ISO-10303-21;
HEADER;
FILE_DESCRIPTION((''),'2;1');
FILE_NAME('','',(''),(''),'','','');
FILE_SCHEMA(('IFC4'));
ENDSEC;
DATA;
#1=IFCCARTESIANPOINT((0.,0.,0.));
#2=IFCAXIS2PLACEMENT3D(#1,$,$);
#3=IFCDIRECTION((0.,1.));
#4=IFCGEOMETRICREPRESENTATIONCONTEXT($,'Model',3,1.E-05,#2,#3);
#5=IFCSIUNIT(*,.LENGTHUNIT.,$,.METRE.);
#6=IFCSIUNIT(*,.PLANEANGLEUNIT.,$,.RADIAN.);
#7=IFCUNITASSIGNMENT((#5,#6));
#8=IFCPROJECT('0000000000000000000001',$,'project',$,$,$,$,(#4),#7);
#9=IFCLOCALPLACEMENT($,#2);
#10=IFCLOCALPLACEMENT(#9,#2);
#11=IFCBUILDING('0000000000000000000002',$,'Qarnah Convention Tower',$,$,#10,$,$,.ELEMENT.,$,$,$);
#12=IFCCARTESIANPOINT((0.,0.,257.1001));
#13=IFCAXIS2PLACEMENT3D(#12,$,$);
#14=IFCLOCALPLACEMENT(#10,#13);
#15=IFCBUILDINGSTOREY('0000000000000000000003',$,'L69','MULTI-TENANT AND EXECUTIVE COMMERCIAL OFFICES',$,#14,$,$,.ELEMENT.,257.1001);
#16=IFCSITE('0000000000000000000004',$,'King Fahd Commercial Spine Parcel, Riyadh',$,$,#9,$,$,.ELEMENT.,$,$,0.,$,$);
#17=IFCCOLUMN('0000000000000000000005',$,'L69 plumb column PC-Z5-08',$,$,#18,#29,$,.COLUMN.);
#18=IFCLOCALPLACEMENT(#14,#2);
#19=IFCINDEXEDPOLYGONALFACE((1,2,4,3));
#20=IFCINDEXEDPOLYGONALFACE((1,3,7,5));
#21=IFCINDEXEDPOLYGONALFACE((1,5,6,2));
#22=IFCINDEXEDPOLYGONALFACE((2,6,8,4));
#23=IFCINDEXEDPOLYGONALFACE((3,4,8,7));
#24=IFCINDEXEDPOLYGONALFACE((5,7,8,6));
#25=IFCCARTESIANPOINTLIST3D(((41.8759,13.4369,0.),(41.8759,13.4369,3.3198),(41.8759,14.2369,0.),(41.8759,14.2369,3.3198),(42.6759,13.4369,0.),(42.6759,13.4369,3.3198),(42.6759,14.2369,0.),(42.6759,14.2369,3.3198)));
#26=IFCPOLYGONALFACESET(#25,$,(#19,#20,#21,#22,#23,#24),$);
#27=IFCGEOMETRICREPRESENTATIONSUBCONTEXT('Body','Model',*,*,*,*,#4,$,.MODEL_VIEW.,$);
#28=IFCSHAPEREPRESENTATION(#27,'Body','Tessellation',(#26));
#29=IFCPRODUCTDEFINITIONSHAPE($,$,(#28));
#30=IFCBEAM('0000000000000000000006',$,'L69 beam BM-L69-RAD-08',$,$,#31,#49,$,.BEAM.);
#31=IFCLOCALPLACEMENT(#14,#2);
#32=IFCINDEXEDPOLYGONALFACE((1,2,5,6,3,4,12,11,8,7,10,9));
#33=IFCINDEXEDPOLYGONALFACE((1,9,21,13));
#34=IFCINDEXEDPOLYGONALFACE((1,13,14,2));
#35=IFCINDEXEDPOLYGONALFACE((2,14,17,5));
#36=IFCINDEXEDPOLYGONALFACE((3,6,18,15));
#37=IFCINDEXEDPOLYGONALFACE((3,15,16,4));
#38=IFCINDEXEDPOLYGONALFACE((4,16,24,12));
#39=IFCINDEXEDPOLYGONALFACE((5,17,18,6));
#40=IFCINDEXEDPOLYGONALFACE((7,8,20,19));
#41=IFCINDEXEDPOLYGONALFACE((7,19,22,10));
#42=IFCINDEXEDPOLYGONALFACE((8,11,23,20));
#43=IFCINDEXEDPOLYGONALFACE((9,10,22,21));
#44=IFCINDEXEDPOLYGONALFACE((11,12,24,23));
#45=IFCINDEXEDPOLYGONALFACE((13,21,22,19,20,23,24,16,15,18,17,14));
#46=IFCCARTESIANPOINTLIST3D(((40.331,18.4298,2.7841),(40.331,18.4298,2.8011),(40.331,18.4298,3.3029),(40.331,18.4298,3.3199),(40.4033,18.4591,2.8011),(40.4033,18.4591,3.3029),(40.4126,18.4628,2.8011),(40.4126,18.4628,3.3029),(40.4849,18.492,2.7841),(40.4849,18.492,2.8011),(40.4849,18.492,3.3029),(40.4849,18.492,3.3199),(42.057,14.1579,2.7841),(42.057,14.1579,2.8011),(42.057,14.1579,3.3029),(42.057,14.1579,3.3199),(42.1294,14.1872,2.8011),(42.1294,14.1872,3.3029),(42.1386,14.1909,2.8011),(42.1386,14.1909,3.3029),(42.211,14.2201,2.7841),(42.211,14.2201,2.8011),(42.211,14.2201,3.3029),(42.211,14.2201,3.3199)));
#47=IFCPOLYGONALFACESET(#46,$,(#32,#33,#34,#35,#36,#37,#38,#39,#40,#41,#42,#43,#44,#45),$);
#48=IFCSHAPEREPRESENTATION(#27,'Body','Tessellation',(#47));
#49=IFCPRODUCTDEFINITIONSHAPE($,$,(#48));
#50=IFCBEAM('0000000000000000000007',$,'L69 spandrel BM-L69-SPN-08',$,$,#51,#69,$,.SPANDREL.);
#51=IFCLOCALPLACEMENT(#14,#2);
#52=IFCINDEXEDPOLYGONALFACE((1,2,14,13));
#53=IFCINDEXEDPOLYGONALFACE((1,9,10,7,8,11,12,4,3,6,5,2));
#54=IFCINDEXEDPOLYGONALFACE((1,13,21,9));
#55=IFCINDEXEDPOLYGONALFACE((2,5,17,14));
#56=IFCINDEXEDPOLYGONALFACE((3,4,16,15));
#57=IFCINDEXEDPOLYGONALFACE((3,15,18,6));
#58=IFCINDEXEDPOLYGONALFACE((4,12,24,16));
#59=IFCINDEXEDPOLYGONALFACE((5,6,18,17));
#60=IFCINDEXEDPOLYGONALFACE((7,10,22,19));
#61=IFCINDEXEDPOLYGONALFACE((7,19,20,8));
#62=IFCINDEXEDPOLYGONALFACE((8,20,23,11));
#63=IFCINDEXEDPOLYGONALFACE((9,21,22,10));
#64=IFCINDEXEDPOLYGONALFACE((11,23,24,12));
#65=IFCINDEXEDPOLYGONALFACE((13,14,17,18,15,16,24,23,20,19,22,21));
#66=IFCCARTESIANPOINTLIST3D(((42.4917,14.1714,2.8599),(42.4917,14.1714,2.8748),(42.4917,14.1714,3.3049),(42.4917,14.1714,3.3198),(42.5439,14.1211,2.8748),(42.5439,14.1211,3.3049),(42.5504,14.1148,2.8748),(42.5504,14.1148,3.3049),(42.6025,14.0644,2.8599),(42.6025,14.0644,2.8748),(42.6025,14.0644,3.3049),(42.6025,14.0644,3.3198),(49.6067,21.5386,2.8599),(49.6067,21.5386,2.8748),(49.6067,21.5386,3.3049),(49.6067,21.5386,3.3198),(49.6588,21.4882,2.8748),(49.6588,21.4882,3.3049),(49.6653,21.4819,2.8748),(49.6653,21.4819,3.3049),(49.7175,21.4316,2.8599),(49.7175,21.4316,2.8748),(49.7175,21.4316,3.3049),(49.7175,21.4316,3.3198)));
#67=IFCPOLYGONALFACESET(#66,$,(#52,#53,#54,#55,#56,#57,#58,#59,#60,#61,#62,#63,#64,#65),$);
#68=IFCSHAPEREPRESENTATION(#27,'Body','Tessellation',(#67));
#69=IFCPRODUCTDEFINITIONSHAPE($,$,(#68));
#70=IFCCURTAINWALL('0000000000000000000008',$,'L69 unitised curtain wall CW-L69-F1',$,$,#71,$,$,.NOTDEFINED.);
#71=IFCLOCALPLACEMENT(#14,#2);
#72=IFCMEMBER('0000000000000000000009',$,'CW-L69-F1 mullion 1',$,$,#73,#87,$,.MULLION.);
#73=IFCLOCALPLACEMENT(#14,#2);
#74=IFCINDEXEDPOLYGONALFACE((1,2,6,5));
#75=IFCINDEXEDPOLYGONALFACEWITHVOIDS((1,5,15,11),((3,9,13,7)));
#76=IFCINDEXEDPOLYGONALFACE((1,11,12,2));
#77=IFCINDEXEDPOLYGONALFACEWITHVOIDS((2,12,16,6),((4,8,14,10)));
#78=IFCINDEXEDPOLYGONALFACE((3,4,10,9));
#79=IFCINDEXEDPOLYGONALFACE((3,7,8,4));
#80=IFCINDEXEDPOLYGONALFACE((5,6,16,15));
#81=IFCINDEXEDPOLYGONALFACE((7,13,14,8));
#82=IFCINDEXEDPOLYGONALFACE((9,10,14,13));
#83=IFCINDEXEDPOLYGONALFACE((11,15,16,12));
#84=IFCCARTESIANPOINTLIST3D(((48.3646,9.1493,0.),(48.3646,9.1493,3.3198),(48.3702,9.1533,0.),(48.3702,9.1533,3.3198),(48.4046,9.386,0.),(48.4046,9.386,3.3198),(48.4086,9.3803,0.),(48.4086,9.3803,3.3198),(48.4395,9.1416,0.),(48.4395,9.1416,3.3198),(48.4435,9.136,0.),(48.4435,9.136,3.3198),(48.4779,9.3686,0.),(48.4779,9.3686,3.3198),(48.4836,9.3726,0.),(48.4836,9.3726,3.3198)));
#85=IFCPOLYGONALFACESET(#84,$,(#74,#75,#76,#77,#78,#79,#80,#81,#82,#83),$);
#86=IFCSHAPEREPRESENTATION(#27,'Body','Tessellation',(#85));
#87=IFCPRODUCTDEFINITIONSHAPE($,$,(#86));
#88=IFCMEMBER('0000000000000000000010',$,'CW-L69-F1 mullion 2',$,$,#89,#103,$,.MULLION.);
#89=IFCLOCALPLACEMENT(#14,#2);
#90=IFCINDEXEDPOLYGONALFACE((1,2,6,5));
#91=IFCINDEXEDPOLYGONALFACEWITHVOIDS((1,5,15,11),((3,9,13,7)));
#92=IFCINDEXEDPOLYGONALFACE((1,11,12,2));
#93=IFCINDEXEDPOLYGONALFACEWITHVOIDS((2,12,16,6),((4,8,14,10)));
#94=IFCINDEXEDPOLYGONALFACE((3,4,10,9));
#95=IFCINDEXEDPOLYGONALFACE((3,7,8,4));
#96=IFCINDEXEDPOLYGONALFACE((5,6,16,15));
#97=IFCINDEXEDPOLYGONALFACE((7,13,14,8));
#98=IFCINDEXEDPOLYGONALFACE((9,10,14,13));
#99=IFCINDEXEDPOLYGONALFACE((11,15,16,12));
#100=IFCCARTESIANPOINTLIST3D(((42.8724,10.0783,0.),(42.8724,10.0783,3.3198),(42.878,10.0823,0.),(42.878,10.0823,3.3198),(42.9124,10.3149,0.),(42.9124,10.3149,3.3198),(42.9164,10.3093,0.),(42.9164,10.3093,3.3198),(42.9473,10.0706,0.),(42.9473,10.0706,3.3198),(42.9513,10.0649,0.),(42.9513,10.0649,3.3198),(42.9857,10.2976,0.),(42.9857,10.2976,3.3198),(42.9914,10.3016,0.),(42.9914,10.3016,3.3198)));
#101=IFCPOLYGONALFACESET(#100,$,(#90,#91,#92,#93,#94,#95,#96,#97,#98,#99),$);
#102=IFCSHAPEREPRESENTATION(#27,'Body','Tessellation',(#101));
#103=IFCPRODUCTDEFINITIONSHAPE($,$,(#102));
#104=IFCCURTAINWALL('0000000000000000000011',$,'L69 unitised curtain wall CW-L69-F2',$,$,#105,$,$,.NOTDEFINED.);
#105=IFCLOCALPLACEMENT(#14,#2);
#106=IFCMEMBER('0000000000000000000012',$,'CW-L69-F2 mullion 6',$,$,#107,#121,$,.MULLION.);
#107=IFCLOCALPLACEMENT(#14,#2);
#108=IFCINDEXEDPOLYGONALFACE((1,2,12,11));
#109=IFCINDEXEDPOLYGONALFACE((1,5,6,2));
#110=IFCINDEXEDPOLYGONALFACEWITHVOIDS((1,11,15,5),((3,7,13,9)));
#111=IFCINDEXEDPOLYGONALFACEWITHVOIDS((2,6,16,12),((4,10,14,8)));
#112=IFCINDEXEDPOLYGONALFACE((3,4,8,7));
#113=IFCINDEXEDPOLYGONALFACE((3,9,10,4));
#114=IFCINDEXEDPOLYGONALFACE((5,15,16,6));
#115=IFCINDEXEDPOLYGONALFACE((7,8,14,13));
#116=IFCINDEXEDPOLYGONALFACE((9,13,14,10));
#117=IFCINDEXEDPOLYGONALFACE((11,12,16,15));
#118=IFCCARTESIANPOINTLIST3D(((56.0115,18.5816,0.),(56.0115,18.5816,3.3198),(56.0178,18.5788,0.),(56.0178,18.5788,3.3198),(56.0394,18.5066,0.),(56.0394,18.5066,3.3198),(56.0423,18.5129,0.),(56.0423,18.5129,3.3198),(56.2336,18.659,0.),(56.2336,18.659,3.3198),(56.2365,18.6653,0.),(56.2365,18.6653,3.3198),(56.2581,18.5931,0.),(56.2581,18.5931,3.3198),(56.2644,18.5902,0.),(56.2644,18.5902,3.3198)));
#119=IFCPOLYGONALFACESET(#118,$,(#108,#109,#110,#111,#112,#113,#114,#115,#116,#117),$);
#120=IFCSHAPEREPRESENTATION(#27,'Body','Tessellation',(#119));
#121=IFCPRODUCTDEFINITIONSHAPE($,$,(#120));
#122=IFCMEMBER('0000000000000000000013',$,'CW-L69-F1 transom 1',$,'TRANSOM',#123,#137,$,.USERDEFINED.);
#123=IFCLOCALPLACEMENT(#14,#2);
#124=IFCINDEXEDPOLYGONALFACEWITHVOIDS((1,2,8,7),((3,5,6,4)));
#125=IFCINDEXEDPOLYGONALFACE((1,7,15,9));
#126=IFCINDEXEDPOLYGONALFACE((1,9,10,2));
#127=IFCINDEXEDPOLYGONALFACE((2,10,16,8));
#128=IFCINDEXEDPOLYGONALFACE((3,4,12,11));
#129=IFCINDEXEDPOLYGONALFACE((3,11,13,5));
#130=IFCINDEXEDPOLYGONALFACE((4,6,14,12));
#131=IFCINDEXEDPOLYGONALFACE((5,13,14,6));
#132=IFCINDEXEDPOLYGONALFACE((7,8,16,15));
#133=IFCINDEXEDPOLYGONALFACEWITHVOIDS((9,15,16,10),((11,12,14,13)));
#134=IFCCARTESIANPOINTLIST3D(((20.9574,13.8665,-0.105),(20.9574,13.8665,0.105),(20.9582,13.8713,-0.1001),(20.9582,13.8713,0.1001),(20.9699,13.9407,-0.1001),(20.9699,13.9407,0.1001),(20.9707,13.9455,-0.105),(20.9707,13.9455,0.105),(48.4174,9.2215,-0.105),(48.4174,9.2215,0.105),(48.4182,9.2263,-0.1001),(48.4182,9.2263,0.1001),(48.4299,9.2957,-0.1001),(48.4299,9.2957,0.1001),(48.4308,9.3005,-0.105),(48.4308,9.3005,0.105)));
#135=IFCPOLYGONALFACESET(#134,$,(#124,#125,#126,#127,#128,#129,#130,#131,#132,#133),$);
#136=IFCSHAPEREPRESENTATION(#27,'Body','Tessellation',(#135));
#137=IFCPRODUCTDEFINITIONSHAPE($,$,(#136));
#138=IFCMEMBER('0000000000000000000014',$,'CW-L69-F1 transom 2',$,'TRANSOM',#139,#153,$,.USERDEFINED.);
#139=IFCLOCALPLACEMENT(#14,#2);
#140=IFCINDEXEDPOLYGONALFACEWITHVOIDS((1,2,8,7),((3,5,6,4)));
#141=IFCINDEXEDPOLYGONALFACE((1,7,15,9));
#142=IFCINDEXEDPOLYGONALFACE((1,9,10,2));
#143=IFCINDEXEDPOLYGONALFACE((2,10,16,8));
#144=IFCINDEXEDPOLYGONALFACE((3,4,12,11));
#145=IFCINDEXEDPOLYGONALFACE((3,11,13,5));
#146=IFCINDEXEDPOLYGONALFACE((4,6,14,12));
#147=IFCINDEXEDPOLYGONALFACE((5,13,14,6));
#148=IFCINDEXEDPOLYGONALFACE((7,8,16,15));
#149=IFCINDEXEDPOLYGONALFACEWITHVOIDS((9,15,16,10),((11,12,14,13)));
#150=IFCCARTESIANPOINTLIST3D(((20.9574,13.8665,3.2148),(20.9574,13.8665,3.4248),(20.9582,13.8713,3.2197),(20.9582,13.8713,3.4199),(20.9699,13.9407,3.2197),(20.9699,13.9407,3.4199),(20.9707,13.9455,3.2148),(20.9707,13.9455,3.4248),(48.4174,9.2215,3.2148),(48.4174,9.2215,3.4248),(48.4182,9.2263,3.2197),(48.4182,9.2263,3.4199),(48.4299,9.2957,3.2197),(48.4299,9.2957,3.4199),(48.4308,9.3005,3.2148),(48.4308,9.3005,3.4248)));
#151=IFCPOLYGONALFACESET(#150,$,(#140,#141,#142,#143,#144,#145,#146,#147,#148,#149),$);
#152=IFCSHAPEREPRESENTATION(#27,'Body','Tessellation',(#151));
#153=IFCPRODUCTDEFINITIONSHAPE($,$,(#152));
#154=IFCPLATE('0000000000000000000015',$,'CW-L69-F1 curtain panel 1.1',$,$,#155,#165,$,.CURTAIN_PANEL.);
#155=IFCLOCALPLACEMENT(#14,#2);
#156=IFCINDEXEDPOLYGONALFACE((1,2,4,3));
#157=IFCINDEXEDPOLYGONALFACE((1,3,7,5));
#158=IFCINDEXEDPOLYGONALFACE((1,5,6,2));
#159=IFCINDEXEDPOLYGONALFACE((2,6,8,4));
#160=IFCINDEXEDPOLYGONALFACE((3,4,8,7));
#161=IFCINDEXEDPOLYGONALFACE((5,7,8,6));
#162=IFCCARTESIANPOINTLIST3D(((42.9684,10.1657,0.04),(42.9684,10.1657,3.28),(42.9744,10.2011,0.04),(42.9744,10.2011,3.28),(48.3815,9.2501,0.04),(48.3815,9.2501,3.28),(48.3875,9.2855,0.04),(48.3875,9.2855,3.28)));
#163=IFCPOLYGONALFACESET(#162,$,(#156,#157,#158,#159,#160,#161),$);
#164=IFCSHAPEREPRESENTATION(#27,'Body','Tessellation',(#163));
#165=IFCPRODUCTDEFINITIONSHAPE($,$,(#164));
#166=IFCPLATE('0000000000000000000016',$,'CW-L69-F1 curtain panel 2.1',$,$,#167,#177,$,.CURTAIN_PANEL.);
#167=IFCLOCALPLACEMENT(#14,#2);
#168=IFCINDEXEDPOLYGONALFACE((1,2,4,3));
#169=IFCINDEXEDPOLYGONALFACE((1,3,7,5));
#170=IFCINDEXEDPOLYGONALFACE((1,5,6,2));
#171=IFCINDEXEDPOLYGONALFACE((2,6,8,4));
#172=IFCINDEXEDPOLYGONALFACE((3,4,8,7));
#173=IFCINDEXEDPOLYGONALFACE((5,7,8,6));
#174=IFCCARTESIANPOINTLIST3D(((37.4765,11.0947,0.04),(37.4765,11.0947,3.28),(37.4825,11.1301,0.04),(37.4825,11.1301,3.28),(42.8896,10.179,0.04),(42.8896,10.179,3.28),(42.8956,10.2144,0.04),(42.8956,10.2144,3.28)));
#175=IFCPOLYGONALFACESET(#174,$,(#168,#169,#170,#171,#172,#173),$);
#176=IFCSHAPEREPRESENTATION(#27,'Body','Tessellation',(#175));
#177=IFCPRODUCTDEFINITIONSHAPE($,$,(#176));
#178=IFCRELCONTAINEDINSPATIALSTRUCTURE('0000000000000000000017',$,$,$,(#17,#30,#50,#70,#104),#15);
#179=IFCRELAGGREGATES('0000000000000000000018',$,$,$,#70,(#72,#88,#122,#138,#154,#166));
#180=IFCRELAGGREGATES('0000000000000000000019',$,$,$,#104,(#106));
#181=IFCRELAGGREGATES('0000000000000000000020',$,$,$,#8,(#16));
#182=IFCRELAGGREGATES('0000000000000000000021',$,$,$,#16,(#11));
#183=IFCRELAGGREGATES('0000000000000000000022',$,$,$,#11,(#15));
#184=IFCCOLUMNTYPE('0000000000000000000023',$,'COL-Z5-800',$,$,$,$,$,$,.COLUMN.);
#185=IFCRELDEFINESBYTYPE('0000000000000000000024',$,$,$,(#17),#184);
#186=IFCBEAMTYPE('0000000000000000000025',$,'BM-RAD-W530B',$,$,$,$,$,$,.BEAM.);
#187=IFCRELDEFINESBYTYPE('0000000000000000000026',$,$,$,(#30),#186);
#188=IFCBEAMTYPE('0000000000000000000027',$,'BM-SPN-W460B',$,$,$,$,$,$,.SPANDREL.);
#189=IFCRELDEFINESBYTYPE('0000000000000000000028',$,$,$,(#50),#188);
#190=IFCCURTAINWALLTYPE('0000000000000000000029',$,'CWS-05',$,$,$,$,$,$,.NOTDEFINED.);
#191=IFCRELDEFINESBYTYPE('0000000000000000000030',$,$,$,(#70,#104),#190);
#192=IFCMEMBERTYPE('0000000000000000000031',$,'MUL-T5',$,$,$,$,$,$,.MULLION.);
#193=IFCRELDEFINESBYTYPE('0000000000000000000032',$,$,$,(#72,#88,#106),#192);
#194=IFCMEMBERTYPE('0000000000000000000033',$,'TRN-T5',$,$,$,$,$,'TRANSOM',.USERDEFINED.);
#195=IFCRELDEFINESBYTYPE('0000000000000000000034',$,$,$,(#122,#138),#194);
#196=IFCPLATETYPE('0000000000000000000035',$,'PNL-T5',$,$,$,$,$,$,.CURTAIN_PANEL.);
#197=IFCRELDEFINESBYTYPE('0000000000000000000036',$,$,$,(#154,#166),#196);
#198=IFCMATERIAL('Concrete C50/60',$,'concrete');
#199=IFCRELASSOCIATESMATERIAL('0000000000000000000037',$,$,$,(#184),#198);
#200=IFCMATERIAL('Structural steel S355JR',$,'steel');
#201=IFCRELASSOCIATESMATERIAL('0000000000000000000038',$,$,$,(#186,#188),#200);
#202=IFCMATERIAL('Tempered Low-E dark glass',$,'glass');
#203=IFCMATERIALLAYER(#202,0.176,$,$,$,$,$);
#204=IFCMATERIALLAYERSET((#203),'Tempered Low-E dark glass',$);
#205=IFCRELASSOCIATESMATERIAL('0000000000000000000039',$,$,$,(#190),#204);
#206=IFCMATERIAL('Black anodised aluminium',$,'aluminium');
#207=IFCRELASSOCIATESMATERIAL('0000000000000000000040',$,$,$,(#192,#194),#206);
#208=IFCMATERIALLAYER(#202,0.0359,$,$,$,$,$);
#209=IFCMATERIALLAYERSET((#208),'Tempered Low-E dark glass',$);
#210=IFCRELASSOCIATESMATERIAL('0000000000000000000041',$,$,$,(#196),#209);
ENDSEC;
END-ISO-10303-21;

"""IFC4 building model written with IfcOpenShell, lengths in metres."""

from ifc_helpers import new_model, si_unit, direction, frame, origin, origin_2d, place, context, subcontext, project, spatial, rectangle, hollow_rectangle, i_section, extrude, material, layer, layer_set, material_profile, profile_set, type_object, element, aggregate, save


model = new_model("IFC4")

# Units and contexts
model_context = context("Model", 3, precision=1e-05, world=origin(), true_north=direction((0.0, 1.0)))
body_context = subcontext(model_context, "Body", "Model", "MODEL_VIEW")
ifc_project = project(units=[si_unit("LENGTHUNIT", "METRE"), si_unit("PLANEANGLEUNIT", "RADIAN")], contexts=[model_context])

# Site, building, storey
site_placement = place(None, origin())
site = spatial("IfcSite", under=ifc_project, at=site_placement, Name="King Fahd Commercial Spine Parcel, Riyadh", CompositionType="ELEMENT", RefElevation=0.0)
building_placement = place(site_placement, origin())
building = spatial("IfcBuilding", under=site, at=building_placement, Name="Qarnah Convention Tower", CompositionType="ELEMENT")
storey_placement = place(building_placement, frame((0.0, 0.0, 257.1001)))
storey = spatial("IfcBuildingStorey", under=building, at=storey_placement, Name="L69", Description="MULTI-TENANT AND EXECUTIVE COMMERCIAL OFFICES", CompositionType="ELEMENT", Elevation=257.1001)

# Column
ifc_material_1 = material(Name="Concrete C50/60", Category="concrete")
ifc_material_profile_1 = material_profile(ifc_material_1, rectangle(XDim=0.8, YDim=0.8, at=origin_2d()), Name="RC-COL-800X800")
ifc_profile_set_1 = profile_set([ifc_material_profile_1], Name="Concrete C50/60")
column_type = type_object("IfcColumnType", Name="COL-Z5-800", PredefinedType="COLUMN", material=ifc_profile_set_1)
column_placement = place(storey_placement, frame((42.2759, 13.8369, 0.0), z_axis=(0.0, 0.0, 1.0), x_axis=(1.0, 0.0, 0.0)))
element("IfcColumn", 1, at=column_placement, inside=storey, type_object=column_type, Name="L69 plumb column PC-Z5-08", PredefinedType="COLUMN", context=body_context, shape_type="SweptSolid", body=[
    extrude(rectangle(XDim=0.8, YDim=0.8, at=origin_2d()), origin(), (0.0, 0.0, 1.0), 3.3198),
])

# Beams
ifc_material_2 = material(Name="Structural steel S355JR", Category="steel")
ifc_material_profile_2 = material_profile(ifc_material_2, i_section(OverallWidth=0.166, OverallDepth=0.5359, WebThickness=0.01, FlangeThickness=0.0171, at=origin_2d()), Name="W530X85")
ifc_profile_set_2 = profile_set([ifc_material_profile_2], Name="Structural steel S355JR")
beam_type_1 = type_object("IfcBeamType", Name="BM-RAD-W530B", PredefinedType="BEAM", material=ifc_profile_set_2)
beam_1_placement = place(storey_placement, frame((40.408, 18.4609, 3.052), z_axis=(0.374622, -0.927177, 0.0), x_axis=(0.927177, 0.374622, 0.0)))
element("IfcBeam", 2, at=beam_1_placement, inside=storey, type_object=beam_type_1, Name="L69 beam BM-L69-RAD-08", PredefinedType="BEAM", context=body_context, shape_type="SweptSolid", body=[
    extrude(i_section(OverallWidth=0.166, OverallDepth=0.5359, WebThickness=0.01, FlangeThickness=0.0171, at=origin_2d()), origin(), (0.0, 0.0, 1.0), 4.6074),
])
ifc_material_profile_3 = material_profile(ifc_material_2, i_section(OverallWidth=0.1541, OverallDepth=0.46, WebThickness=0.009, FlangeThickness=0.0149, at=origin_2d()), Name="W460X68")
ifc_profile_set_3 = profile_set([ifc_material_profile_3], Name="Structural steel S355JR")
beam_type_2 = type_object("IfcBeamType", Name="BM-SPN-W460B", PredefinedType="SPANDREL", material=ifc_profile_set_3)
beam_2_placement = place(storey_placement, frame((42.5471, 14.1179, 3.0898), z_axis=(0.694688, 0.719312, 0.0), x_axis=(-0.719312, 0.694688, 0.0)))
element("IfcBeam", 3, at=beam_2_placement, inside=storey, type_object=beam_type_2, Name="L69 spandrel BM-L69-SPN-08", PredefinedType="SPANDREL", context=body_context, shape_type="SweptSolid", body=[
    extrude(i_section(OverallWidth=0.1541, OverallDepth=0.46, WebThickness=0.009, FlangeThickness=0.0149, at=origin_2d()), origin(), (0.0, 0.0, 1.0), 10.2419),
])

# Curtain wall, members
ifc_material_3 = material(Name="Tempered Low-E dark glass", Category="glass")
ifc_layer_1 = layer(ifc_material_3, 0.176)
ifc_layer_set_1 = layer_set([ifc_layer_1], Name="Tempered Low-E dark glass")
curtain_wall_type = type_object("IfcCurtainWallType", Name="CWS-05", PredefinedType="NOTDEFINED", material=ifc_layer_set_1)
curtain_wall_1_placement = place(storey_placement, origin())
curtain_wall_1 = element("IfcCurtainWall", 4, at=curtain_wall_1_placement, inside=storey, type_object=curtain_wall_type, Name="L69 unitised curtain wall CW-L69-F1", PredefinedType="NOTDEFINED")
ifc_material_4 = material(Name="Black anodised aluminium", Category="aluminium")
ifc_material_profile_4 = material_profile(ifc_material_4, hollow_rectangle(XDim=0.0801, YDim=0.24, WallThickness=0.0049, at=origin_2d()), Name="MUL-80X240")
ifc_profile_set_4 = profile_set([ifc_material_profile_4], Name="Black anodised aluminium")
member_type_1 = type_object("IfcMemberType", Name="MUL-T5", PredefinedType="MULLION", material=ifc_profile_set_4)
member_1_placement = place(storey_placement, frame((48.4241, 9.261, 0.0), z_axis=(0.0, 0.0, 1.0), x_axis=(-0.985993, 0.166786, 0.0)))
member_1 = element("IfcMember", 5, at=member_1_placement, type_object=member_type_1, Name="CW-L69-F1 mullion 1", PredefinedType="MULLION", context=body_context, shape_type="SweptSolid", body=[
    extrude(hollow_rectangle(XDim=0.0801, YDim=0.24, WallThickness=0.0049, at=origin_2d()), origin(), (0.0, 0.0, 1.0), 3.3198),
])
member_2_placement = place(storey_placement, frame((42.9319, 10.1899, 0.0), z_axis=(0.0, 0.0, 1.0), x_axis=(-0.985993, 0.166786, 0.0)))
member_2 = element("IfcMember", 6, at=member_2_placement, type_object=member_type_1, Name="CW-L69-F1 mullion 2", PredefinedType="MULLION", context=body_context, shape_type="SweptSolid", body=[
    extrude(hollow_rectangle(XDim=0.0801, YDim=0.24, WallThickness=0.0049, at=origin_2d()), origin(), (0.0, 0.0, 1.0), 3.3198),
])

# Curtain wall, member
curtain_wall_2_placement = place(storey_placement, origin())
curtain_wall_2 = element("IfcCurtainWall", 7, at=curtain_wall_2_placement, inside=storey, type_object=curtain_wall_type, Name="L69 unitised curtain wall CW-L69-F2", PredefinedType="NOTDEFINED")
member_3_placement = place(storey_placement, frame((56.1379, 18.5859, 0.0), z_axis=(0.0, 0.0, 1.0), x_axis=(0.348572, -0.937282, 0.0)))
member_3 = element("IfcMember", 8, at=member_3_placement, type_object=member_type_1, Name="CW-L69-F2 mullion 6", PredefinedType="MULLION", context=body_context, shape_type="SweptSolid", body=[
    extrude(hollow_rectangle(XDim=0.0801, YDim=0.24, WallThickness=0.0049, at=origin_2d()), origin(), (0.0, 0.0, 1.0), 3.3198),
])

# Members
ifc_material_profile_5 = material_profile(ifc_material_4, hollow_rectangle(XDim=0.0801, YDim=0.21, WallThickness=0.0049, at=origin_2d()), Name="TRN-80X210")
ifc_profile_set_5 = profile_set([ifc_material_profile_5], Name="Black anodised aluminium")
member_type_2 = type_object("IfcMemberType", Name="TRN-T5", ElementType="TRANSOM", PredefinedType="USERDEFINED", material=ifc_profile_set_5)
member_4_placement = place(storey_placement, frame((48.4241, 9.261, 0.0), z_axis=(-0.985993, 0.166787, 0.0), x_axis=(-0.166787, -0.985993, 0.0)))
member_4 = element("IfcMember", 9, at=member_4_placement, type_object=member_type_2, Name="CW-L69-F1 transom 1", ObjectType="TRANSOM", PredefinedType="USERDEFINED", context=body_context, shape_type="SweptSolid", body=[
    extrude(hollow_rectangle(XDim=0.0801, YDim=0.21, WallThickness=0.0049, at=origin_2d()), origin(), (0.0, 0.0, 1.0), 27.8501),
])
member_5_placement = place(storey_placement, frame((48.4241, 9.261, 3.3198), z_axis=(-0.985993, 0.166787, 0.0), x_axis=(-0.166787, -0.985993, 0.0)))
member_5 = element("IfcMember", 10, at=member_5_placement, type_object=member_type_2, Name="CW-L69-F1 transom 2", ObjectType="TRANSOM", PredefinedType="USERDEFINED", context=body_context, shape_type="SweptSolid", body=[
    extrude(hollow_rectangle(XDim=0.0801, YDim=0.21, WallThickness=0.0049, at=origin_2d()), origin(), (0.0, 0.0, 1.0), 27.8501),
])

# Plates
ifc_layer_2 = layer(ifc_material_3, 0.0359)
ifc_layer_set_2 = layer_set([ifc_layer_2], Name="Tempered Low-E dark glass")
plate_type = type_object("IfcPlateType", Name="PNL-T5", PredefinedType="CURTAIN_PANEL", material=ifc_layer_set_2)
plate_1_placement = place(storey_placement, frame((45.678, 9.7256, 0.04), z_axis=(0.0, 0.0, 1.0), x_axis=(-0.985993, 0.166786, 0.0)))
plate_1 = element("IfcPlate", 11, at=plate_1_placement, type_object=plate_type, Name="CW-L69-F1 curtain panel 1.1", PredefinedType="CURTAIN_PANEL", context=body_context, shape_type="SweptSolid", body=[
    extrude(rectangle(XDim=5.49, YDim=0.0359, at=origin_2d()), origin(), (0.0, 0.0, 1.0), 3.24),
])
plate_2_placement = place(storey_placement, frame((40.186, 10.6545, 0.04), z_axis=(0.0, 0.0, 1.0), x_axis=(-0.985993, 0.166786, 0.0)))
plate_2 = element("IfcPlate", 12, at=plate_2_placement, type_object=plate_type, Name="CW-L69-F1 curtain panel 2.1", PredefinedType="CURTAIN_PANEL", context=body_context, shape_type="SweptSolid", body=[
    extrude(rectangle(XDim=5.49, YDim=0.0359, at=origin_2d()), origin(), (0.0, 0.0, 1.0), 3.24),
])
aggregate(curtain_wall_1, [member_1, member_2, member_4, member_5, plate_1, plate_2])
aggregate(curtain_wall_2, [member_3])

save(model, "model.ifc")
